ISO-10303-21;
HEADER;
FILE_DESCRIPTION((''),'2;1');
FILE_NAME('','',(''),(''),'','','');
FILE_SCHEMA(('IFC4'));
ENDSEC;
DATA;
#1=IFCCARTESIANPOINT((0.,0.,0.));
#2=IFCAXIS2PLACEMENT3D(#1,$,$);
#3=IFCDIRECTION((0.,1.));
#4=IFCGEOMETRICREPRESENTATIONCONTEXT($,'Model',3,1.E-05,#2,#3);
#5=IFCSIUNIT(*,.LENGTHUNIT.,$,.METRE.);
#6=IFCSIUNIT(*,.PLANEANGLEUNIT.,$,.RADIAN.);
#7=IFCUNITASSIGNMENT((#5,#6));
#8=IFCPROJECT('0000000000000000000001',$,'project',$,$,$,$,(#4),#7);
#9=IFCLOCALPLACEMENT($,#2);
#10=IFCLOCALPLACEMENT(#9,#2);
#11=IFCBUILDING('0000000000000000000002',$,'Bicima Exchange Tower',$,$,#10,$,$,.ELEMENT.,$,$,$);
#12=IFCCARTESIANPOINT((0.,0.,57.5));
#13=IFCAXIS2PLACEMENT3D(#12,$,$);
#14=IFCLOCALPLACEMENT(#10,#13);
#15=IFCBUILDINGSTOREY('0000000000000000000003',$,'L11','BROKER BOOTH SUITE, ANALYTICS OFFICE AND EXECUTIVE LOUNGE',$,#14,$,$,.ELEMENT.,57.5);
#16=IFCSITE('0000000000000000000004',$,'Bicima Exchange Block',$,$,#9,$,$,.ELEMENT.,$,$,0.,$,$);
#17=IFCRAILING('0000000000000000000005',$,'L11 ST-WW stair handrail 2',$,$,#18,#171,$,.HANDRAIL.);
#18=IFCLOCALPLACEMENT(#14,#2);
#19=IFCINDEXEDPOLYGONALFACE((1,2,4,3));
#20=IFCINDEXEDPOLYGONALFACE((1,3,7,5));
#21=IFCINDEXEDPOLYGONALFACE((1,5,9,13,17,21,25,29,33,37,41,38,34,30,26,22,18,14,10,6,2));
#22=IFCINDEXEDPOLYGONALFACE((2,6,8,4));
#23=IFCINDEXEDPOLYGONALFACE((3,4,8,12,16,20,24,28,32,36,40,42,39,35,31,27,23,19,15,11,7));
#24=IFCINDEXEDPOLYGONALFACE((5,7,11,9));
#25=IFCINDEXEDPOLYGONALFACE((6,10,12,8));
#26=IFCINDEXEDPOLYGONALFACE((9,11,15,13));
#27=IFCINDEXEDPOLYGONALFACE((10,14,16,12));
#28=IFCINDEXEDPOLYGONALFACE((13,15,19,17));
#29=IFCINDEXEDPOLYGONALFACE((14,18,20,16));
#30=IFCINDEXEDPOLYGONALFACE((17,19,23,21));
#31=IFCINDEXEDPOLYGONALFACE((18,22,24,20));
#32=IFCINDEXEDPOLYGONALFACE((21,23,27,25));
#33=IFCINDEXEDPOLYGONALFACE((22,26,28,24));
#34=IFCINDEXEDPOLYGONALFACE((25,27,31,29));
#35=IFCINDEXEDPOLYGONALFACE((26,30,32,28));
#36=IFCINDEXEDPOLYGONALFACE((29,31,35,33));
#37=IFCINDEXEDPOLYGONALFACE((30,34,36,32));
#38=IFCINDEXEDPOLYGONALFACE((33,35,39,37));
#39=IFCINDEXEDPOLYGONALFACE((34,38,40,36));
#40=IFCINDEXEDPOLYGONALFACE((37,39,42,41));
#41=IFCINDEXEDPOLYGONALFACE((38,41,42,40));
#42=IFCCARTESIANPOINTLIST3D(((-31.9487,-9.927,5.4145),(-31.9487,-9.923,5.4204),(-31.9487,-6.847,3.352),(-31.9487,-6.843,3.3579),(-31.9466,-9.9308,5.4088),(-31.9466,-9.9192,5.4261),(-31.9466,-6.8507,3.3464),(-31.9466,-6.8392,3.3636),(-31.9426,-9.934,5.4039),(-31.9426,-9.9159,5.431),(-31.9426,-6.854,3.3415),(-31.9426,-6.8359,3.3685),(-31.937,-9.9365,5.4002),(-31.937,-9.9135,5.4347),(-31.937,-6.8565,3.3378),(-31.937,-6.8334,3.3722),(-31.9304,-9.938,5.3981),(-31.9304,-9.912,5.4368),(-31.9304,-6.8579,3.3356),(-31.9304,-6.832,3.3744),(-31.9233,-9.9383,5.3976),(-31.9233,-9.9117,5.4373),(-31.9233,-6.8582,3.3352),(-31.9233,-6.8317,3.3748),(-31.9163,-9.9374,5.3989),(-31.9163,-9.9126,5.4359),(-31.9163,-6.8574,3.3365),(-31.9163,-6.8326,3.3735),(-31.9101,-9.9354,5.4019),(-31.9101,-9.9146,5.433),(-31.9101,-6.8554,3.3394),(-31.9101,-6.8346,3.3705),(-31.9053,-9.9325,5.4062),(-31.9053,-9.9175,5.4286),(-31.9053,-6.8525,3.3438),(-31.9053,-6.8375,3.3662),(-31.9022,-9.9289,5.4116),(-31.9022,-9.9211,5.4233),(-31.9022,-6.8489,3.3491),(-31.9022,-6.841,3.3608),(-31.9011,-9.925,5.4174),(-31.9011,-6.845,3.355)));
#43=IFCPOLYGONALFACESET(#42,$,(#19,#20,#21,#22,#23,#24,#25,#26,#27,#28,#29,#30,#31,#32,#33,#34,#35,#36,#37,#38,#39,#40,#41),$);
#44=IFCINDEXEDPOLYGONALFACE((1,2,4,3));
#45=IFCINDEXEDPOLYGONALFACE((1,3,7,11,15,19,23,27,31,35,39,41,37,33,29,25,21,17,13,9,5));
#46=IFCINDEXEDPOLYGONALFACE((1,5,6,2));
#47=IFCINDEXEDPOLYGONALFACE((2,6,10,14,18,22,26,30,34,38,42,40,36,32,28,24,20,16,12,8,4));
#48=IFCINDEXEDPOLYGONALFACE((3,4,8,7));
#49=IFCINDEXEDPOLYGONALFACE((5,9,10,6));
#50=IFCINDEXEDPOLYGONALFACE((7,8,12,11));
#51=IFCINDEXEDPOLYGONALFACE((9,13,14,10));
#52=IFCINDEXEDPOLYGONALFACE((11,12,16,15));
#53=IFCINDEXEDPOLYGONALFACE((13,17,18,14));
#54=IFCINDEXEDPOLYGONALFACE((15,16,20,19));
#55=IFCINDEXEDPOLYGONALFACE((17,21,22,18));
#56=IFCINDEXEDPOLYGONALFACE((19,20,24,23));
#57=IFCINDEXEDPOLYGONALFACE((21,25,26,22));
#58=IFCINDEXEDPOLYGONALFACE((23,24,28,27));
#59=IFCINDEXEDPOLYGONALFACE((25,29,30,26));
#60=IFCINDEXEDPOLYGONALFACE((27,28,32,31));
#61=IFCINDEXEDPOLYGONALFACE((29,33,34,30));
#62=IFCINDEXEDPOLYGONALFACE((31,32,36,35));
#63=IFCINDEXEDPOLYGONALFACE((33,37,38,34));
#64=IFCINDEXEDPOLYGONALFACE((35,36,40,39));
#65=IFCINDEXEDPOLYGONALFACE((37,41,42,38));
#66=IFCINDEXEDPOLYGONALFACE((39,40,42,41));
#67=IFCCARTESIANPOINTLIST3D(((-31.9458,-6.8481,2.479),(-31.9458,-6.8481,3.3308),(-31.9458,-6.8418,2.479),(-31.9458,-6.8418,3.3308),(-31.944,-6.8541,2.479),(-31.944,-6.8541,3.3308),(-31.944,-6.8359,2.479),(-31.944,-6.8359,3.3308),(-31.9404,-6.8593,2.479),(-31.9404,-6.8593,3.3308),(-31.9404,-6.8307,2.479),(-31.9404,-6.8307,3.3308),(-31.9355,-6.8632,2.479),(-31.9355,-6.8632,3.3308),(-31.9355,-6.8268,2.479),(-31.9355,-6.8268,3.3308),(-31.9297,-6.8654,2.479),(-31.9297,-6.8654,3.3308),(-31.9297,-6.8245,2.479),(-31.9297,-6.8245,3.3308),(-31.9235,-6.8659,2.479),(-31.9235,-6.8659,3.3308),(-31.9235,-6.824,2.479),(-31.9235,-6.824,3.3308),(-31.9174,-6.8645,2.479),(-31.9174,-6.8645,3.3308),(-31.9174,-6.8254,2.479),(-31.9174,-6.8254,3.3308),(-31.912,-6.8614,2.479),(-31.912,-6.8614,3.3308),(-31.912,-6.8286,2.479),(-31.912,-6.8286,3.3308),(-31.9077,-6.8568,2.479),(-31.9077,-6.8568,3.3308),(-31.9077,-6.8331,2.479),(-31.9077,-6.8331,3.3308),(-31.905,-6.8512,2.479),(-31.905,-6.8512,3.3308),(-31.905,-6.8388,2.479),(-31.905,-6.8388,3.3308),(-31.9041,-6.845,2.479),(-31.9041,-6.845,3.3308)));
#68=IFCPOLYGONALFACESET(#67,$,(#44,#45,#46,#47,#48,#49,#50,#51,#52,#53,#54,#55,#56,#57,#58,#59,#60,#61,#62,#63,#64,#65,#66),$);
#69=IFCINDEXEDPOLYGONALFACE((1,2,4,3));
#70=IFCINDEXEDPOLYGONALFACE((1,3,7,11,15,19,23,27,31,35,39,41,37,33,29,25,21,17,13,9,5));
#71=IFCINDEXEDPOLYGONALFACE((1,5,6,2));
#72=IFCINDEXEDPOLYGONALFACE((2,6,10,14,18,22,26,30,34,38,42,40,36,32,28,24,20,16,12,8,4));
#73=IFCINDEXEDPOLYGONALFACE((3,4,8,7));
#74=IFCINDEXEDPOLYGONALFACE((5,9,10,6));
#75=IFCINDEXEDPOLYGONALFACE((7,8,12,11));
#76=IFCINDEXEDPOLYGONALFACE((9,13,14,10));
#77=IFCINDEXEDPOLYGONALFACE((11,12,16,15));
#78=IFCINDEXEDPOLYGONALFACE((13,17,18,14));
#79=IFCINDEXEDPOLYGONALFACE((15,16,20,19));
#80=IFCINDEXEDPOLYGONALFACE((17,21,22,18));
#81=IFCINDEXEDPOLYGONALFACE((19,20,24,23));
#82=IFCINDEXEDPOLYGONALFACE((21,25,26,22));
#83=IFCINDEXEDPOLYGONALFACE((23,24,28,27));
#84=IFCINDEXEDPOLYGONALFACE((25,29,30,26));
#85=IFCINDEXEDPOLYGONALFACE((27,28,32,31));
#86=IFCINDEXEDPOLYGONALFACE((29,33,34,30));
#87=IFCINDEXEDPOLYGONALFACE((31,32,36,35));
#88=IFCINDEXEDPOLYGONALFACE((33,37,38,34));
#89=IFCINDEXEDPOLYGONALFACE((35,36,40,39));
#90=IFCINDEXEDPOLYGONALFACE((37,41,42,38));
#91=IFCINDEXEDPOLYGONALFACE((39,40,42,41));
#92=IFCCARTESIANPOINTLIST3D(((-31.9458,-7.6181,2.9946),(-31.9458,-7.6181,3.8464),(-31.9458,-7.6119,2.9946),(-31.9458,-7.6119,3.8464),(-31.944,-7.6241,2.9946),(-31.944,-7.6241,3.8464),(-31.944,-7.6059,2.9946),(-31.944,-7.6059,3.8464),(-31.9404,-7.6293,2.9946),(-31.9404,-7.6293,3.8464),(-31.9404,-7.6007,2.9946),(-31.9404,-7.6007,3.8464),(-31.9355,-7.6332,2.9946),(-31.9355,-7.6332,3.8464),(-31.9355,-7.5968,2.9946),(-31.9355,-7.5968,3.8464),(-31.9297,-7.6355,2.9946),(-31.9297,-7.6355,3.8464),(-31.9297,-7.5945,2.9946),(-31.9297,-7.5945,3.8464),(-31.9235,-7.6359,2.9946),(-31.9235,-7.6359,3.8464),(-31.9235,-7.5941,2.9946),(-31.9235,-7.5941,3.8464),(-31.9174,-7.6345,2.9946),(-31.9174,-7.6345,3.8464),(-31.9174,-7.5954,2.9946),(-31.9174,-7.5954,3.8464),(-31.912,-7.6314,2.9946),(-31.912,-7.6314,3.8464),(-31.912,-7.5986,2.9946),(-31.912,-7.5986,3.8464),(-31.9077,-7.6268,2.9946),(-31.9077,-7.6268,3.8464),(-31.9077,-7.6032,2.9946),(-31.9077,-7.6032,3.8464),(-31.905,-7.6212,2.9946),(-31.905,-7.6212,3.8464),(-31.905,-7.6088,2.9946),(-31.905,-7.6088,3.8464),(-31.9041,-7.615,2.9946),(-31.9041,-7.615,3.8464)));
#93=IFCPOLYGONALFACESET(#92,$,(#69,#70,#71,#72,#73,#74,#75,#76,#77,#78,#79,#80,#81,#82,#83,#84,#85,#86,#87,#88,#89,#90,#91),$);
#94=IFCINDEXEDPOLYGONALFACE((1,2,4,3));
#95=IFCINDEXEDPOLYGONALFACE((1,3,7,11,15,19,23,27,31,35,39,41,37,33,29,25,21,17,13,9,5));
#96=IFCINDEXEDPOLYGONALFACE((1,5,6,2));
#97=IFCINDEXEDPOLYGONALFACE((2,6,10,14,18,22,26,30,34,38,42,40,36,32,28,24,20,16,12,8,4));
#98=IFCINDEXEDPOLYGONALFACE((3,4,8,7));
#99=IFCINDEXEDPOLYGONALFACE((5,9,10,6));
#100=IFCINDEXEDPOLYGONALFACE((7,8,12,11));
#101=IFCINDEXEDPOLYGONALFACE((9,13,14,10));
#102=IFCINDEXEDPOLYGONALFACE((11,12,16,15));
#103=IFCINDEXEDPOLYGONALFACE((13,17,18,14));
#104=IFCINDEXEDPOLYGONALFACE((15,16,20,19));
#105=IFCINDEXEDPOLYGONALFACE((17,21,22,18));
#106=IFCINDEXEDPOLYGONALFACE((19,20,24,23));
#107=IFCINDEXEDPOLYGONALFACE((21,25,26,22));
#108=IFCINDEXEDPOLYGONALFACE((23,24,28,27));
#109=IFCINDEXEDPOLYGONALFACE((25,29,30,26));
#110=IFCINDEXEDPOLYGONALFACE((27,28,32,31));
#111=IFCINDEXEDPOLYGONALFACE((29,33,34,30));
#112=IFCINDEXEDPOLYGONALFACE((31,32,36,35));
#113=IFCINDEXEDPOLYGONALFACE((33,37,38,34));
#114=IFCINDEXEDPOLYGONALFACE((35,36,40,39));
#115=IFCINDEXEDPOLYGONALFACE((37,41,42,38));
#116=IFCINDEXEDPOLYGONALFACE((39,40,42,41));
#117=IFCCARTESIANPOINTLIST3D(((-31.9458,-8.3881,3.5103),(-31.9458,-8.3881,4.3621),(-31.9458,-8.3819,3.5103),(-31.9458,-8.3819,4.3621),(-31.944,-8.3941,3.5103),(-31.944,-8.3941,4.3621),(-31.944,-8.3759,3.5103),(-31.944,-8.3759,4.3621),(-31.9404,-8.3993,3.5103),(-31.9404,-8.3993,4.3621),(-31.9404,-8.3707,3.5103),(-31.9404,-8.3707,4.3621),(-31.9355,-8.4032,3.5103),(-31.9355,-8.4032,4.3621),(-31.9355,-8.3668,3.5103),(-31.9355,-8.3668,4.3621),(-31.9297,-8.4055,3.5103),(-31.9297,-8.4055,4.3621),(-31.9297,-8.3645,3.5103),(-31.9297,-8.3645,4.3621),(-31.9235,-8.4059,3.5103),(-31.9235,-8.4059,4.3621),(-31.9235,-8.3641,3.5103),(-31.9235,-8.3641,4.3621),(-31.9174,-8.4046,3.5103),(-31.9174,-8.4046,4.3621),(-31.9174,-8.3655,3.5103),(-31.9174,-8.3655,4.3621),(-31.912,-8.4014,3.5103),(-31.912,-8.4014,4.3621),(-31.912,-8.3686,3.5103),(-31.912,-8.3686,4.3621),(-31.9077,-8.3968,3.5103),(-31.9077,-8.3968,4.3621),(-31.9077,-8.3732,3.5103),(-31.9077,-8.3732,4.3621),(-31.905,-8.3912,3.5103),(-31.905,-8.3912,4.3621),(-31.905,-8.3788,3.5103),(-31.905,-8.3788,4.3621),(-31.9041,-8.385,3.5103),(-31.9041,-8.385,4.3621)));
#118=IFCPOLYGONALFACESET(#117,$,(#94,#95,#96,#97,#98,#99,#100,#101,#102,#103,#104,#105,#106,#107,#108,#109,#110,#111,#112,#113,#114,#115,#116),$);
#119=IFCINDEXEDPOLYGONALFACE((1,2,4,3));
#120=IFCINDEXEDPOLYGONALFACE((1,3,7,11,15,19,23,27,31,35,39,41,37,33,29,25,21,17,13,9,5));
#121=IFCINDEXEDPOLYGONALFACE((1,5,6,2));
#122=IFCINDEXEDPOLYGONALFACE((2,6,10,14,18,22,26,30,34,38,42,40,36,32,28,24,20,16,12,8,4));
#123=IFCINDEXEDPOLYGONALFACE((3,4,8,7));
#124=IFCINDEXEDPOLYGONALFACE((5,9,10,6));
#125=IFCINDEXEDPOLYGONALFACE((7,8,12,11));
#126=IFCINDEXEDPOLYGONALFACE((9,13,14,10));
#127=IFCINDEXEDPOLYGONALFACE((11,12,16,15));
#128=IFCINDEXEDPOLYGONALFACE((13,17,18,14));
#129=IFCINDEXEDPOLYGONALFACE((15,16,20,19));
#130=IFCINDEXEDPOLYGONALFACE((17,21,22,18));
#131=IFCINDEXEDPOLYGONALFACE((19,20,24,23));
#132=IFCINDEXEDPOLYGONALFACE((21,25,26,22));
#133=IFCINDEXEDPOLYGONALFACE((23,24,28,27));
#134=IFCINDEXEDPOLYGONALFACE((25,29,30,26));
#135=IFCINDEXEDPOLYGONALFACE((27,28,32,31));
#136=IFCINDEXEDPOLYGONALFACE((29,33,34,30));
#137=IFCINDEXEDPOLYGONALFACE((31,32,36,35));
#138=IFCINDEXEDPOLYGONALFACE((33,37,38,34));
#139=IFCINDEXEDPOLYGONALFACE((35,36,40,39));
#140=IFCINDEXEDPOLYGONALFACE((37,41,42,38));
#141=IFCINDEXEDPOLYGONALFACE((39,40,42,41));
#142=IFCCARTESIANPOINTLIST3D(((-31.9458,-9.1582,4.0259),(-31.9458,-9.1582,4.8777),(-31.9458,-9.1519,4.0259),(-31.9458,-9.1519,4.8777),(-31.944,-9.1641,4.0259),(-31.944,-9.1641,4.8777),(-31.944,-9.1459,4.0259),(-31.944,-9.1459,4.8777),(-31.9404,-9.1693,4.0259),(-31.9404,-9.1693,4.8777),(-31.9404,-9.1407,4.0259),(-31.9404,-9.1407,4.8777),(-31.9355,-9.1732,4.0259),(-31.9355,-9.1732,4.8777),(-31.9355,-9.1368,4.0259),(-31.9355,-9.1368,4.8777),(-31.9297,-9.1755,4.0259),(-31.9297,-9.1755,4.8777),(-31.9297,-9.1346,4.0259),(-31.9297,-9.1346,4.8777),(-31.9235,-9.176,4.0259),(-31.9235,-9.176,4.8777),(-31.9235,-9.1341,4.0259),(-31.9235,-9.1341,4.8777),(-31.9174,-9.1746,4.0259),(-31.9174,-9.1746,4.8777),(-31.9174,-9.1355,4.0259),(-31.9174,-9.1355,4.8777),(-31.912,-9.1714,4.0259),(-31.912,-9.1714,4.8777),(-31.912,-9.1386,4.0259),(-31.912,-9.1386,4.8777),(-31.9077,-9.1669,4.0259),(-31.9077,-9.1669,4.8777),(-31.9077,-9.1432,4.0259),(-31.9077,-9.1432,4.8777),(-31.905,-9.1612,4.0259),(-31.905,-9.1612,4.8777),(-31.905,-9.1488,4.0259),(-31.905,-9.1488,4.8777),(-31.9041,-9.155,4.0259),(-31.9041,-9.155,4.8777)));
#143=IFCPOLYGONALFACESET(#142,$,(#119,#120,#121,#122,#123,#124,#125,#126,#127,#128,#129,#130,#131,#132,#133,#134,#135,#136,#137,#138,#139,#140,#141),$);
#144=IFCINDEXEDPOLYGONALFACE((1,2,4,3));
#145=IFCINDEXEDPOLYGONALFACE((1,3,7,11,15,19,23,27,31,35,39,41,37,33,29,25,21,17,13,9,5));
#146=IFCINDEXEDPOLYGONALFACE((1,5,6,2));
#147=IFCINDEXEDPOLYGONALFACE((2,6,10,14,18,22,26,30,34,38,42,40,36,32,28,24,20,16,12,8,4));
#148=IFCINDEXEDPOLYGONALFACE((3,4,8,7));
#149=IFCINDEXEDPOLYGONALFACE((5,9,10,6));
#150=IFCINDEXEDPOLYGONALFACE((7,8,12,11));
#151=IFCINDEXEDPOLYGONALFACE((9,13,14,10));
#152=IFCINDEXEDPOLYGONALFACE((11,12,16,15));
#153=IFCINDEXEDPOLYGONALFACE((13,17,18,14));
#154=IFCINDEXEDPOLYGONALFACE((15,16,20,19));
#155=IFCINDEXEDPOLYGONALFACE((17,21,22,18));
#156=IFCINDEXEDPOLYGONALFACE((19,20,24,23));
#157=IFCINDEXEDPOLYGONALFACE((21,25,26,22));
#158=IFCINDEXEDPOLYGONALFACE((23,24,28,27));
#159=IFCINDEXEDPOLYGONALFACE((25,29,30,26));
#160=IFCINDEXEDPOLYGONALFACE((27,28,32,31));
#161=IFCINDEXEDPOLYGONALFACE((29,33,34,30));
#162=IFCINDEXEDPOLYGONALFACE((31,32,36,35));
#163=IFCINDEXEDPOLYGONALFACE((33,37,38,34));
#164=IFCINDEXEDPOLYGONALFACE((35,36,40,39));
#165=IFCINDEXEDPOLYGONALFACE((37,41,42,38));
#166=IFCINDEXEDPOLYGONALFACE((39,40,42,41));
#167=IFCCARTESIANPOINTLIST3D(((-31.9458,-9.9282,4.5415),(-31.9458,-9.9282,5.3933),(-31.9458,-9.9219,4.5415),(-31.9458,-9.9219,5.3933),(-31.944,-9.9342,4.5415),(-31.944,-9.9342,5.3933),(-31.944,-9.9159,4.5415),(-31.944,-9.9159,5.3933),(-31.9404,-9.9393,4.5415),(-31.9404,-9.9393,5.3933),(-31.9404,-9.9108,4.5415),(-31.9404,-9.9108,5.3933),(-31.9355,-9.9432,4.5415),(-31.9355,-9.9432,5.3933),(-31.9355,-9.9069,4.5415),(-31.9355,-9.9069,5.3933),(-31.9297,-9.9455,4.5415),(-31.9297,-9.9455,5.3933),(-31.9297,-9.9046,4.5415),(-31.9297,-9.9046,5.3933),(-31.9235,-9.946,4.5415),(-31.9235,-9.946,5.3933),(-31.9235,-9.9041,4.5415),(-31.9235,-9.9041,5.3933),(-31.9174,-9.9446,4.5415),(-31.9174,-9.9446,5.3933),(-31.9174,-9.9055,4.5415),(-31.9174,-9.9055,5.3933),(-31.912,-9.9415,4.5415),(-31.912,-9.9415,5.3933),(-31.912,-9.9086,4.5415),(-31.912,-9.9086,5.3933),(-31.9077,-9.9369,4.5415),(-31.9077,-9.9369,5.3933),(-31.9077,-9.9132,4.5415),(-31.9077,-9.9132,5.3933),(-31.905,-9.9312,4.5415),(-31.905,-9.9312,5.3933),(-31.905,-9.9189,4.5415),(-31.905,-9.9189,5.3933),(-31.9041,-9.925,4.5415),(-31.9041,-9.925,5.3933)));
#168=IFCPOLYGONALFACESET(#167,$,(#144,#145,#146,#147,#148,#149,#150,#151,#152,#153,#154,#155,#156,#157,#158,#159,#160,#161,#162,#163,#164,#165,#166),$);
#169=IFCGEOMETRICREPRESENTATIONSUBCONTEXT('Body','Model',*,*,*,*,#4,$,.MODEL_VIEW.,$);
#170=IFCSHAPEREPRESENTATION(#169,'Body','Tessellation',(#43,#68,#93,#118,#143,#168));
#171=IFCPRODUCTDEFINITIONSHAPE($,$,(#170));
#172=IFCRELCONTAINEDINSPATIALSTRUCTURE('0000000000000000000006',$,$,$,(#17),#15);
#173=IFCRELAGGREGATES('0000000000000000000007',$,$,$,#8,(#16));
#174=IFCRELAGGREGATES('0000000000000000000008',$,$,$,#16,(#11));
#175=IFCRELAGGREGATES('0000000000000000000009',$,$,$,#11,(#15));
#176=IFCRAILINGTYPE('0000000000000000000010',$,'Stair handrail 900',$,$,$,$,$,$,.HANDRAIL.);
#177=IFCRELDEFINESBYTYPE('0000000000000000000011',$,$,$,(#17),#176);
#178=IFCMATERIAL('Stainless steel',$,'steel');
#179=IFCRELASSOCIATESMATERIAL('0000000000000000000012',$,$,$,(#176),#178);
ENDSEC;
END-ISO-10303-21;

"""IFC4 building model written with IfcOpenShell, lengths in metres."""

from ifc_helpers import new_model, si_unit, direction, frame, origin, origin_2d, place, context, subcontext, project, spatial, circle, extrude, material, type_object, element, save


model = new_model("IFC4")

# Units and contexts
model_context = context("Model", 3, precision=1e-05, world=origin(), true_north=direction((0.0, 1.0)))
body_context = subcontext(model_context, "Body", "Model", "MODEL_VIEW")
ifc_project = project(units=[si_unit("LENGTHUNIT", "METRE"), si_unit("PLANEANGLEUNIT", "RADIAN")], contexts=[model_context])

# Site, building, storey
site_placement = place(None, origin())
site = spatial("IfcSite", under=ifc_project, at=site_placement, Name="Bicima Exchange Block", CompositionType="ELEMENT", RefElevation=0.0)
building_placement = place(site_placement, origin())
building = spatial("IfcBuilding", under=site, at=building_placement, Name="Bicima Exchange Tower", CompositionType="ELEMENT")
storey_placement = place(building_placement, frame((0.0, 0.0, 57.5)))
storey = spatial("IfcBuildingStorey", under=building, at=storey_placement, Name="L11", Description="BROKER BOOTH SUITE, ANALYTICS OFFICE AND EXECUTIVE LOUNGE", CompositionType="ELEMENT", Elevation=57.5)

# Railing
ifc_material_1 = material(Name="Stainless steel", Category="steel")
railing_type = type_object("IfcRailingType", Name="Stair handrail 900", PredefinedType="HANDRAIL", material=ifc_material_1)
railing_placement = place(storey_placement, frame((-31.925, -6.845, 2.479)))
element("IfcRailing", 1, at=railing_placement, inside=storey, type_object=railing_type, Name="L11 ST-WW stair handrail 2", PredefinedType="HANDRAIL", context=body_context, shape_type="SweptSolid", body=[
    extrude(circle(Radius=0.0239, at=origin_2d()), frame((0.0, 0.0, 0.876), z_axis=(0.0, -0.830914, 0.556401), x_axis=(1.0, 0.0, 0.0)), (0.0, 0.0, 1.0), 3.7068),
    extrude(circle(Radius=0.021, at=origin_2d()), origin(), (0.0, 0.0, 1.0), 0.8518),
    extrude(circle(Radius=0.021, at=origin_2d()), frame((0.0, -0.77, 0.5156)), (0.0, 0.0, 1.0), 0.8518),
    extrude(circle(Radius=0.021, at=origin_2d()), frame((0.0, -1.54, 1.0312)), (0.0, 0.0, 1.0), 0.8518),
    extrude(circle(Radius=0.021, at=origin_2d()), frame((0.0, -2.3101, 1.5469)), (0.0, 0.0, 1.0), 0.8518),
    extrude(circle(Radius=0.021, at=origin_2d()), frame((0.0, -3.0801, 2.0625)), (0.0, 0.0, 1.0), 0.8518),
])

save(model, "model.ifc")
